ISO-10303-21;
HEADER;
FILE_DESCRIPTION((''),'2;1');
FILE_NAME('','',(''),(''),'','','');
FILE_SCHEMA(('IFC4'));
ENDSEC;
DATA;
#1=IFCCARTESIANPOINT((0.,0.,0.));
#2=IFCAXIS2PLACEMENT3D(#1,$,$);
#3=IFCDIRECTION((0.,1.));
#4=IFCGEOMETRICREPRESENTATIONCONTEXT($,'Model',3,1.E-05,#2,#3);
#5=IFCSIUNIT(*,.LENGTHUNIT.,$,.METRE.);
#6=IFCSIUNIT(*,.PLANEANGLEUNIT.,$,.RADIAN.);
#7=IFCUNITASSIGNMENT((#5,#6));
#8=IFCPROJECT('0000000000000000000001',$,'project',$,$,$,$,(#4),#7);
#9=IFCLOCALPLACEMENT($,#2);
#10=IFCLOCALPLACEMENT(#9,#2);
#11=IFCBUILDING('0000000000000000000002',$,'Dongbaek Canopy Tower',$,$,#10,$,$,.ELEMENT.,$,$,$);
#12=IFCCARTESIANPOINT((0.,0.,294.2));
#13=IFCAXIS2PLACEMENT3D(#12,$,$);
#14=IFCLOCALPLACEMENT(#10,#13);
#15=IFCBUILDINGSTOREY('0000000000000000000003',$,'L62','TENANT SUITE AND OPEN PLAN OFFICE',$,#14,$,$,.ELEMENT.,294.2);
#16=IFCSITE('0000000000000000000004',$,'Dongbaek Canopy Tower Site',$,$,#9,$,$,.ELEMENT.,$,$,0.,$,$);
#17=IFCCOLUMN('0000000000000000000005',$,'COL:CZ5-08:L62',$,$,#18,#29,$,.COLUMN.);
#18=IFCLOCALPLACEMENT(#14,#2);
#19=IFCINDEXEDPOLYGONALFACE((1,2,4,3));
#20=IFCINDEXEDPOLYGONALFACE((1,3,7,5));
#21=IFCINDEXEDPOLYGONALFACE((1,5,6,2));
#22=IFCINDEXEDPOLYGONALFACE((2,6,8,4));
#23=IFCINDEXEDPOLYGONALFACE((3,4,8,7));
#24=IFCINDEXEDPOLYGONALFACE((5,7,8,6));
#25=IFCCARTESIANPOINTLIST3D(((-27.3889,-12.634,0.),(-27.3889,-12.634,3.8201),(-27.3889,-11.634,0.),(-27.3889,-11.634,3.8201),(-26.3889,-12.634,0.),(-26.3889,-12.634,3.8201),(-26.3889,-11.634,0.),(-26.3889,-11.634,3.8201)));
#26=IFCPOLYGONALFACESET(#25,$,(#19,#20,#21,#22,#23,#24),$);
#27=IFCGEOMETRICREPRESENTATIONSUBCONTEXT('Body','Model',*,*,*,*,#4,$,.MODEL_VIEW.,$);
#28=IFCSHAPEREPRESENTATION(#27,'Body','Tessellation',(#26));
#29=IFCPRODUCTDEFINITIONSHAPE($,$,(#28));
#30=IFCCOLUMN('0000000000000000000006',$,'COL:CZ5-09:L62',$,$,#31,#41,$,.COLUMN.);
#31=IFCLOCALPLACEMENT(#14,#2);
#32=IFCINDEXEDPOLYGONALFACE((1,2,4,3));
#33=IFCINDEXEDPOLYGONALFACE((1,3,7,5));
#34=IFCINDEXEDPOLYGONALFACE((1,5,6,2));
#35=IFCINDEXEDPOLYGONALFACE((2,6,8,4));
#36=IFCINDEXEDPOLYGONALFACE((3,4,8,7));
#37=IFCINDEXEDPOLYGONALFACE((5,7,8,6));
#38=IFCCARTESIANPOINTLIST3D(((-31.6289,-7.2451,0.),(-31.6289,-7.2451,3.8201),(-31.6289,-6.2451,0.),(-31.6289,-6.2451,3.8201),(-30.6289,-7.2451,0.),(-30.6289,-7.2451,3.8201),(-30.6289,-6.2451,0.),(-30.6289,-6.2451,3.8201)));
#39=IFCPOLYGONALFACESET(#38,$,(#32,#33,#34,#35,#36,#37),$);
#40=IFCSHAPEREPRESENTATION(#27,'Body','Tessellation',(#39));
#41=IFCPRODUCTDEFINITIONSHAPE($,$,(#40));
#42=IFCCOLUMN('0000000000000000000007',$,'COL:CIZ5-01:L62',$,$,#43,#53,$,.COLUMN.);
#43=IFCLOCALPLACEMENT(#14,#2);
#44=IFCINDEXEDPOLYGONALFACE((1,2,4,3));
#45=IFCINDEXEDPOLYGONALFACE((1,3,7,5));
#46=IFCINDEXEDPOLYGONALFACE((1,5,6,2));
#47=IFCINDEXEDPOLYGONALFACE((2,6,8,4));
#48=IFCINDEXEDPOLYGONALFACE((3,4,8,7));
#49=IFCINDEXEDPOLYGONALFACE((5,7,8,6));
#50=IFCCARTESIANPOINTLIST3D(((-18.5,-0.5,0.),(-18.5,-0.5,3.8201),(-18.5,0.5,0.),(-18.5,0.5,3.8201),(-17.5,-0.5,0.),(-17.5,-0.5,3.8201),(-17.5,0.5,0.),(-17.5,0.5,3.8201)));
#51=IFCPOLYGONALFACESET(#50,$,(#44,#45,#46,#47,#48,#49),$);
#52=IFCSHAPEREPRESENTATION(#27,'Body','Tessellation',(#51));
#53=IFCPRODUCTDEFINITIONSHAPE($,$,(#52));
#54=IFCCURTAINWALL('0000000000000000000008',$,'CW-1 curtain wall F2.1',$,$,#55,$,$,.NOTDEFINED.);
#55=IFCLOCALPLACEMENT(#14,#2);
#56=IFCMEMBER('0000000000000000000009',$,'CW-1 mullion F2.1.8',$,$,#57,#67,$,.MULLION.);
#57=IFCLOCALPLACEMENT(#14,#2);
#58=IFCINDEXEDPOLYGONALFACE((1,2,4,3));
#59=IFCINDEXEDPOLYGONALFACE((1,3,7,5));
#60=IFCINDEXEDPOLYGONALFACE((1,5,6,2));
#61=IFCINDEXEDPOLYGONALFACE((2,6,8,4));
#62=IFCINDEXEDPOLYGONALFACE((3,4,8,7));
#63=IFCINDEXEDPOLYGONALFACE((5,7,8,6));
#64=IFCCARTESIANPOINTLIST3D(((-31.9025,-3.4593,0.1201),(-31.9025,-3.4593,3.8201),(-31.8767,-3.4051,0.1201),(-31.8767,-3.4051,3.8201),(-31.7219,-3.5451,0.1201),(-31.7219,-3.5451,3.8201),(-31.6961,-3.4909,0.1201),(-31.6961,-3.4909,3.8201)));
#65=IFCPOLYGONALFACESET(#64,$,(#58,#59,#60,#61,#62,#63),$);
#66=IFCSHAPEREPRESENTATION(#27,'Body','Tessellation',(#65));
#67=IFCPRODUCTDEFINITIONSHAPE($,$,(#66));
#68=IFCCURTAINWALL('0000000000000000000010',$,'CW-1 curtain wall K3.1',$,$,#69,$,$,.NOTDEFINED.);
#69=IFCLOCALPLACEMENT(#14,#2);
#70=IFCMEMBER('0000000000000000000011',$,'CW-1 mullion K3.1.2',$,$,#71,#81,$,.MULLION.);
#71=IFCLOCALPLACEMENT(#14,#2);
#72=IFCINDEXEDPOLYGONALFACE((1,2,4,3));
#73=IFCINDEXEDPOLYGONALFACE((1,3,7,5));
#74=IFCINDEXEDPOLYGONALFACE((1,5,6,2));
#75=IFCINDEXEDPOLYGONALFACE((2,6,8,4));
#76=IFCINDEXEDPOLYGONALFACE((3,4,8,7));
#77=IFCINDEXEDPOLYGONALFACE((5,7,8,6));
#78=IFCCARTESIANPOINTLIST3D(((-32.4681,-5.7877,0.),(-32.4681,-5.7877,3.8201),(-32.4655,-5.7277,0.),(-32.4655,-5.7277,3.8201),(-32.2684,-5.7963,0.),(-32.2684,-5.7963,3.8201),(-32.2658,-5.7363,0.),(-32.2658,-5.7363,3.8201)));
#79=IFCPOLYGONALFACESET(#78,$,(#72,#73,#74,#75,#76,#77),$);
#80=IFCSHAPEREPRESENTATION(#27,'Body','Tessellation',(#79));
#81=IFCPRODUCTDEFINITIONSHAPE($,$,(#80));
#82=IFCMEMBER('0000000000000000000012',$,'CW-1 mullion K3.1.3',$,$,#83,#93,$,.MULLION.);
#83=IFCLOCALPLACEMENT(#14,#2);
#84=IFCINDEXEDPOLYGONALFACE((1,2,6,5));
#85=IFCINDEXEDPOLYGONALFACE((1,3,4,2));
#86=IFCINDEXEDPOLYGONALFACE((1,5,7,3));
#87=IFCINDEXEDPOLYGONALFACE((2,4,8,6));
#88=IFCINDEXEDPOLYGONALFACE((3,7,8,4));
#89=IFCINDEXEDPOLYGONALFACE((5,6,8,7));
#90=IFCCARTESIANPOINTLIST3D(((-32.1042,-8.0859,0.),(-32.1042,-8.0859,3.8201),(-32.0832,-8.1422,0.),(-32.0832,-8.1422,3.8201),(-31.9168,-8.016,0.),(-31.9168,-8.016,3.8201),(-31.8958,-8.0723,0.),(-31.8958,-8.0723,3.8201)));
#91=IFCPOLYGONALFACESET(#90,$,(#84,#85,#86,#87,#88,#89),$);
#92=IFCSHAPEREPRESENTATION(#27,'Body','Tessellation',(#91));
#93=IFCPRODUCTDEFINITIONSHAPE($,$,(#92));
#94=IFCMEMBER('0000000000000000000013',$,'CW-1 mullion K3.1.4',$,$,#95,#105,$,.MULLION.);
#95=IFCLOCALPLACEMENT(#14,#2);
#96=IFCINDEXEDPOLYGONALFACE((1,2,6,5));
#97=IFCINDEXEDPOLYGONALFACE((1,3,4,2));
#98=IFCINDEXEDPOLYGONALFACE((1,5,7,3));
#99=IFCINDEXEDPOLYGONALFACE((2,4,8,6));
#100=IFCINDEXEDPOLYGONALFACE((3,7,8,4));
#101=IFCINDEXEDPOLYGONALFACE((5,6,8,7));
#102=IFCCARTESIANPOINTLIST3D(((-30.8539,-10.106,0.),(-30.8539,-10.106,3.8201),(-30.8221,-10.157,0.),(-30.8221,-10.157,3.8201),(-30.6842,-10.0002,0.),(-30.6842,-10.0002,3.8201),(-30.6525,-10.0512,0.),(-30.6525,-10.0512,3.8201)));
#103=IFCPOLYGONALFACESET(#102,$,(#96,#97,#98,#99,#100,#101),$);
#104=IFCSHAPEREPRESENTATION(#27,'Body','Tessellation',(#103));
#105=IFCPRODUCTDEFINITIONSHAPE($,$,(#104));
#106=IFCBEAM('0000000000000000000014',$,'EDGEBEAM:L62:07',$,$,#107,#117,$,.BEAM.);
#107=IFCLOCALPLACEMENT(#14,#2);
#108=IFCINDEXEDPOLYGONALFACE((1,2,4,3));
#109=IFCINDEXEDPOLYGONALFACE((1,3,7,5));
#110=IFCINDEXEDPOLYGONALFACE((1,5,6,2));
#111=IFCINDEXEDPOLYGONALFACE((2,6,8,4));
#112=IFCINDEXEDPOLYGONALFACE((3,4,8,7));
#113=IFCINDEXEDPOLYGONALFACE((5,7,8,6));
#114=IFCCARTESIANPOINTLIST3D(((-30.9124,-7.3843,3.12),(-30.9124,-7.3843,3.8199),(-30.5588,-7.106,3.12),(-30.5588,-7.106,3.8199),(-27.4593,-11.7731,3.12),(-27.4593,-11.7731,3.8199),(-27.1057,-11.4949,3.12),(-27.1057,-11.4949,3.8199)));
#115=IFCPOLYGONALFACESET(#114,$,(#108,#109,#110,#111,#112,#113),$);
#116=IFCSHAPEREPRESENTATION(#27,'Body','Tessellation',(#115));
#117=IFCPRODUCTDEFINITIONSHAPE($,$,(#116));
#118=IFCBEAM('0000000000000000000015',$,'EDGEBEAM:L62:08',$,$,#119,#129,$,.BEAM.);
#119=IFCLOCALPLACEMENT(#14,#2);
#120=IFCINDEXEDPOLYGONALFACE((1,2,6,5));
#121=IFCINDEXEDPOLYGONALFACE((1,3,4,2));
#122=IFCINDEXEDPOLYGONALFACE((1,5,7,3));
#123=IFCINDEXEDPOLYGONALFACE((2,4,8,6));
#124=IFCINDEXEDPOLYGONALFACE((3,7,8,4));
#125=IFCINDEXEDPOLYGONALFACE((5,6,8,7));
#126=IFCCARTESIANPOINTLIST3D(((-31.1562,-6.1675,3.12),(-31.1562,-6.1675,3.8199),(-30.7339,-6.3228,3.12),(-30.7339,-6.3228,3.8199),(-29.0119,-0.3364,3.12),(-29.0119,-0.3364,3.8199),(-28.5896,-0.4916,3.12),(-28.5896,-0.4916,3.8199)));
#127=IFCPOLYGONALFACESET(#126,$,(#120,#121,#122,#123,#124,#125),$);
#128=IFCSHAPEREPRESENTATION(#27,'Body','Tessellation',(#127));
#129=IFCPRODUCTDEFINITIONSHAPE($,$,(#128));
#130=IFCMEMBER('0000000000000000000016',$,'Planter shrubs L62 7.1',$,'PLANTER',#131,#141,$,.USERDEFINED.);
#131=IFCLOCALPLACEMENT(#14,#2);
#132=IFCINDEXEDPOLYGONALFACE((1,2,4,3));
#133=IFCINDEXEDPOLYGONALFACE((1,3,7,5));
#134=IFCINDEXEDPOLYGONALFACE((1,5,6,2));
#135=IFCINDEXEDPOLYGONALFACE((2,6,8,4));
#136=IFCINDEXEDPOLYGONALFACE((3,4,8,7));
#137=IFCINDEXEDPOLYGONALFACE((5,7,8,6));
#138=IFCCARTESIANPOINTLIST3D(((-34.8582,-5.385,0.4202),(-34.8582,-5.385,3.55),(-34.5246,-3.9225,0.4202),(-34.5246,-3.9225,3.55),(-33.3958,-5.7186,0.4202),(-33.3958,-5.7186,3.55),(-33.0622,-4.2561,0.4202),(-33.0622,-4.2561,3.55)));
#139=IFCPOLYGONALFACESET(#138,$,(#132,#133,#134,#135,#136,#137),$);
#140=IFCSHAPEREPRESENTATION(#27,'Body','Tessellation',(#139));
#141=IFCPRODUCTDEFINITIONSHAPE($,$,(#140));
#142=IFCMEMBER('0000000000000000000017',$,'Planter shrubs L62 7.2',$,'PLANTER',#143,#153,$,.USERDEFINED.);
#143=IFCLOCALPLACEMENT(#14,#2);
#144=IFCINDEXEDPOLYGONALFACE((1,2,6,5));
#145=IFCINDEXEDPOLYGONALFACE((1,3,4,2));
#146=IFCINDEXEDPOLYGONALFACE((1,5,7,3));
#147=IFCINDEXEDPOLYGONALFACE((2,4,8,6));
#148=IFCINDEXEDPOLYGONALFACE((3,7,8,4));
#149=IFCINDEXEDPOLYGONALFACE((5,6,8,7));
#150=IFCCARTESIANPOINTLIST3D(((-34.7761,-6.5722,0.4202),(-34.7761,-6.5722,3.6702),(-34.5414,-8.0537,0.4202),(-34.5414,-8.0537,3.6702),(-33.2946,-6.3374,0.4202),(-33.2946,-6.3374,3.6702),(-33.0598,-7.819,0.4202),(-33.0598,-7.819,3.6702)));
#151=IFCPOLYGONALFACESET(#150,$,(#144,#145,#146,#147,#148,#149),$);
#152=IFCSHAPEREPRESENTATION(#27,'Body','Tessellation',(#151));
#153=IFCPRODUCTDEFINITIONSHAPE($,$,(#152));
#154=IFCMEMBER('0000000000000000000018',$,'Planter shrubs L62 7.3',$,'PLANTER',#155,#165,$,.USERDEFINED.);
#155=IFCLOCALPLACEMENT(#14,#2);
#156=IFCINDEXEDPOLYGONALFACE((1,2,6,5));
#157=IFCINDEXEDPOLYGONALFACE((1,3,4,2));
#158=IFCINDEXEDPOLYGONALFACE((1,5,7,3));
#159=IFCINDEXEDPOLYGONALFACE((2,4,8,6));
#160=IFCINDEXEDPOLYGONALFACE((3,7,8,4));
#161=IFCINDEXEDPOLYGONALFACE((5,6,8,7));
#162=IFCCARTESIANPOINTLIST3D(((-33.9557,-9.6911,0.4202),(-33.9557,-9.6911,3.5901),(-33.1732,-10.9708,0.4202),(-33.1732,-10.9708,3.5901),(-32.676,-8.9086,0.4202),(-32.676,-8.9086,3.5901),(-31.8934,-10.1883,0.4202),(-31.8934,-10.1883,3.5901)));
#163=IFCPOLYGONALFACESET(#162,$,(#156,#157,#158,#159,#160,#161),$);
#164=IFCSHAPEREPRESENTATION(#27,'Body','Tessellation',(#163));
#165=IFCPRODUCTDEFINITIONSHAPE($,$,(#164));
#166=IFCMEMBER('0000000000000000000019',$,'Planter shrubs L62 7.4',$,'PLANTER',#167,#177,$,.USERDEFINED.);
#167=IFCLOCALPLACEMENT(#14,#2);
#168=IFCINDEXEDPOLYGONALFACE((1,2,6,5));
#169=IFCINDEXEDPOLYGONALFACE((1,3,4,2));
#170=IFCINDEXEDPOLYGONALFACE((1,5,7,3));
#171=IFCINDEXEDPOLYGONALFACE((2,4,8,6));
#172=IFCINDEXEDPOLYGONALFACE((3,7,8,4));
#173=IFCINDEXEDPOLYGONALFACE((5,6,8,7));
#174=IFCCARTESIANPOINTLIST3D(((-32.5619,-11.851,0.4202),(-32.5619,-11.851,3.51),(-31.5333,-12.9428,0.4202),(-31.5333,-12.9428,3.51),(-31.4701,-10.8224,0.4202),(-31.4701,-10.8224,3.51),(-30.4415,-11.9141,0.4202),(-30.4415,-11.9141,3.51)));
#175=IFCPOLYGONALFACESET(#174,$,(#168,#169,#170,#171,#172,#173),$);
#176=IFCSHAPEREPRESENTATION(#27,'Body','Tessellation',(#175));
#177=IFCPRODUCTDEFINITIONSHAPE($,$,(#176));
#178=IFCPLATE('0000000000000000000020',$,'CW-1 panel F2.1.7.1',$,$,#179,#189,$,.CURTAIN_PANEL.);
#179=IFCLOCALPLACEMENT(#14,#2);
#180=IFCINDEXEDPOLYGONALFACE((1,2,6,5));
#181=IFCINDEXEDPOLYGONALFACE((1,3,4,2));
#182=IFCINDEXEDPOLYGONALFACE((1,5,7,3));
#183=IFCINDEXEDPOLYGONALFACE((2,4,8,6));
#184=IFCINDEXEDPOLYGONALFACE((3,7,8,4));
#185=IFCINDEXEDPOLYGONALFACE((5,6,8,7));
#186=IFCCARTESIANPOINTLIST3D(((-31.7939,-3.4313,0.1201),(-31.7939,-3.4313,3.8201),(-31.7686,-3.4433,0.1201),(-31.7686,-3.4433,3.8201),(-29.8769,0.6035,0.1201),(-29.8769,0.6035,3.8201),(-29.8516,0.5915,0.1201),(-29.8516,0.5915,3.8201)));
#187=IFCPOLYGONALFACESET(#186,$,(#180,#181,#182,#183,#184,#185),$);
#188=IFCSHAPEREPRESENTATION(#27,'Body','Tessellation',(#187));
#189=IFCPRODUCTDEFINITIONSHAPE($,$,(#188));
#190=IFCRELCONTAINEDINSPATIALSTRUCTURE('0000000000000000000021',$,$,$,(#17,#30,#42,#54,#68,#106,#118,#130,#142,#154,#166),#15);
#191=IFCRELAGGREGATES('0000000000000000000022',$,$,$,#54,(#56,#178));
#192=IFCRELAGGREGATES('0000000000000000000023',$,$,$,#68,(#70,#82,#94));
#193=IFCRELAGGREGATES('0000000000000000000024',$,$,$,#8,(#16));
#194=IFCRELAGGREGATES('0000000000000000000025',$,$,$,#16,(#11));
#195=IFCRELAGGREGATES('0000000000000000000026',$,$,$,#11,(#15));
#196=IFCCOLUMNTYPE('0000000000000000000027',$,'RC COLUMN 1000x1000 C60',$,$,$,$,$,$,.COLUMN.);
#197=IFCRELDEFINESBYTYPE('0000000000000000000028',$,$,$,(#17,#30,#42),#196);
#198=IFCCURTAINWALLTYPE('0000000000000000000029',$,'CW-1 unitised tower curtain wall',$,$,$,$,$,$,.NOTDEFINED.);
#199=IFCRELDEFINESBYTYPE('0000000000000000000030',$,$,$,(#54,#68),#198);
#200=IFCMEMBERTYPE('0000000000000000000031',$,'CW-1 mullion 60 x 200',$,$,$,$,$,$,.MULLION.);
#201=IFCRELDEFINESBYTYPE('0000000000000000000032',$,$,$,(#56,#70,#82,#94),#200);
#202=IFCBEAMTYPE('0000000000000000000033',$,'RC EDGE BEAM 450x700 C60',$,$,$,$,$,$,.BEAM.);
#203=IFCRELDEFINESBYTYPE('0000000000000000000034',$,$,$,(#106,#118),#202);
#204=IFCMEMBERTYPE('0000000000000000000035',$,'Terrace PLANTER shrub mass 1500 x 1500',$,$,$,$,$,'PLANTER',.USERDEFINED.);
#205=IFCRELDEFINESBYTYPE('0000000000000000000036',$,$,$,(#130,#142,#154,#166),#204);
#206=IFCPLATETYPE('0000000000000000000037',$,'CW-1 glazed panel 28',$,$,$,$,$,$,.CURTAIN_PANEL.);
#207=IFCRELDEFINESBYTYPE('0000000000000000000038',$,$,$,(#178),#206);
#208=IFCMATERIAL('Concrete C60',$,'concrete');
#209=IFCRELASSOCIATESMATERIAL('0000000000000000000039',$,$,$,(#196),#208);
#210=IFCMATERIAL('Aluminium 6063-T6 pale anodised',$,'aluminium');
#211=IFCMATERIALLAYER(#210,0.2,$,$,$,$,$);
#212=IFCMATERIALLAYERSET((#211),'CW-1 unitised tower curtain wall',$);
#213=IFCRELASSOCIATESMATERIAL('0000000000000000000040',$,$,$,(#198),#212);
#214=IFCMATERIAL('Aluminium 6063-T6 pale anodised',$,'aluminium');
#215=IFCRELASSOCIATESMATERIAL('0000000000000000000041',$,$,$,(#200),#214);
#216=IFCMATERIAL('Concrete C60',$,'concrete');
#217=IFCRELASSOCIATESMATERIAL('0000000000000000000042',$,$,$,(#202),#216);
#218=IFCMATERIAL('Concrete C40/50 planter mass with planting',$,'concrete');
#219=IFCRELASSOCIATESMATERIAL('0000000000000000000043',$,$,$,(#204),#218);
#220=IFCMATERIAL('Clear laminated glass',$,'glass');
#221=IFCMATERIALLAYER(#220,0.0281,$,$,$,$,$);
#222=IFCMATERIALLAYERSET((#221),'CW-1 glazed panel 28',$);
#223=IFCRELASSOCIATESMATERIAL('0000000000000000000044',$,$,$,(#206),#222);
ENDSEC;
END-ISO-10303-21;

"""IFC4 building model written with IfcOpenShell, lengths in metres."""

from ifc_helpers import new_model, si_unit, direction, frame, origin, origin_2d, place, context, subcontext, project, spatial, rectangle, extrude, material, layer, layer_set, material_profile, profile_set, type_object, element, aggregate, save


model = new_model("IFC4")

# Units and contexts
model_context = context("Model", 3, precision=1e-05, world=origin(), true_north=direction((0.0, 1.0)))
body_context = subcontext(model_context, "Body", "Model", "MODEL_VIEW")
ifc_project = project(units=[si_unit("LENGTHUNIT", "METRE"), si_unit("PLANEANGLEUNIT", "RADIAN")], contexts=[model_context])

# Site, building, storey
site_placement = place(None, origin())
site = spatial("IfcSite", under=ifc_project, at=site_placement, Name="Dongbaek Canopy Tower Site", CompositionType="ELEMENT", RefElevation=0.0)
building_placement = place(site_placement, origin())
building = spatial("IfcBuilding", under=site, at=building_placement, Name="Dongbaek Canopy Tower", CompositionType="ELEMENT")
storey_placement = place(building_placement, frame((0.0, 0.0, 294.2)))
storey = spatial("IfcBuildingStorey", under=building, at=storey_placement, Name="L62", Description="TENANT SUITE AND OPEN PLAN OFFICE", CompositionType="ELEMENT", Elevation=294.2)

# Columns
ifc_material_1 = material(Name="Concrete C60", Category="concrete")
ifc_material_profile_1 = material_profile(ifc_material_1, rectangle(XDim=1.0, YDim=1.0, at=origin_2d()), Name="RC COLUMN 1000x1000 C60")
ifc_profile_set_1 = profile_set([ifc_material_profile_1], Name="Concrete C60")
column_type = type_object("IfcColumnType", Name="RC COLUMN 1000x1000 C60", PredefinedType="COLUMN", material=ifc_profile_set_1)
for number, where, z_axis, x_axis, name in (
    (1, (-26.8889, -12.134, 0.0), (0.0, 0.0, 1.0), (1.0, 0.0, 0.0), "COL:CZ5-08:L62"),
    (2, (-31.1289, -6.7451, 0.0), (0.0, 0.0, 1.0), (1.0, 0.0, 0.0), "COL:CZ5-09:L62"),
    (3, (-18.0, 0.0, 0.0), (0.0, 0.0, 1.0), (1.0, 0.0, 0.0), "COL:CIZ5-01:L62"),
):
    element("IfcColumn", number, at=place(storey_placement, frame(where, z_axis=z_axis, x_axis=x_axis)), inside=storey, type_object=column_type, Name=name, PredefinedType="COLUMN", context=body_context, shape_type="SweptSolid", body=[
        extrude(rectangle(XDim=1.0, YDim=1.0, at=origin_2d()), origin(), (0.0, 0.0, 1.0), 3.8201),
    ])

# Curtain wall, member
ifc_material_2 = material(Name="Aluminium 6063-T6 pale anodised", Category="aluminium")
ifc_layer_1 = layer(ifc_material_2, 0.2)
ifc_layer_set_1 = layer_set([ifc_layer_1], Name="CW-1 unitised tower curtain wall")
curtain_wall_type = type_object("IfcCurtainWallType", Name="CW-1 unitised tower curtain wall", PredefinedType="NOTDEFINED", material=ifc_layer_set_1)
curtain_wall_1_placement = place(storey_placement, origin())
curtain_wall_1 = element("IfcCurtainWall", 4, at=curtain_wall_1_placement, inside=storey, type_object=curtain_wall_type, Name="CW-1 curtain wall F2.1", PredefinedType="NOTDEFINED")
ifc_material_3 = material(Name="Aluminium 6063-T6 pale anodised", Category="aluminium")
ifc_material_profile_2 = material_profile(ifc_material_3, rectangle(XDim=0.2, YDim=0.0601, at=origin_2d()), Name="CW-1 mullion 60 x 200")
ifc_profile_set_2 = profile_set([ifc_material_profile_2], Name="Aluminium 6063-T6 pale anodised")
member_type_1 = type_object("IfcMemberType", Name="CW-1 mullion 60 x 200", PredefinedType="MULLION", material=ifc_profile_set_2)
member_1_placement = place(storey_placement, frame((-31.7993, -3.4751, 0.1201), z_axis=(0.0, 0.0, 1.0), x_axis=(-0.903236, 0.429143, 0.0)))
member_1 = element("IfcMember", 5, at=member_1_placement, type_object=member_type_1, Name="CW-1 mullion F2.1.8", PredefinedType="MULLION", context=body_context, shape_type="SweptSolid", body=[
    extrude(rectangle(XDim=0.2, YDim=0.0601, at=origin_2d()), origin(), (0.0, 0.0, 1.0), 3.7),
])

# Curtain wall, members
curtain_wall_2_placement = place(storey_placement, origin())
curtain_wall_2 = element("IfcCurtainWall", 6, at=curtain_wall_2_placement, inside=storey, type_object=curtain_wall_type, Name="CW-1 curtain wall K3.1", PredefinedType="NOTDEFINED")
member_2_placement = place(storey_placement, frame((-32.3669, -5.762, 0.0), z_axis=(0.0, 0.0, 1.0), x_axis=(-0.999071, 0.043085, 0.0)))
member_2 = element("IfcMember", 7, at=member_2_placement, type_object=member_type_1, Name="CW-1 mullion K3.1.2", PredefinedType="MULLION", context=body_context, shape_type="SweptSolid", body=[
    extrude(rectangle(XDim=0.2, YDim=0.0601, at=origin_2d()), origin(), (0.0, 0.0, 1.0), 3.8201),
])
member_3_placement = place(storey_placement, frame((-32.0, -8.0791, 0.0), z_axis=(0.0, 0.0, 1.0), x_axis=(-0.936828, -0.34979, 0.0)))
member_3 = element("IfcMember", 8, at=member_3_placement, type_object=member_type_1, Name="CW-1 mullion K3.1.3", PredefinedType="MULLION", context=body_context, shape_type="SweptSolid", body=[
    extrude(rectangle(XDim=0.2, YDim=0.0601, at=origin_2d()), origin(), (0.0, 0.0, 1.0), 3.8201),
])
member_4_placement = place(storey_placement, frame((-30.7532, -10.0786, 0.0), z_axis=(0.0, 0.0, 1.0), x_axis=(-0.848543, -0.529126, 0.0)))
member_4 = element("IfcMember", 9, at=member_4_placement, type_object=member_type_1, Name="CW-1 mullion K3.1.4", PredefinedType="MULLION", context=body_context, shape_type="SweptSolid", body=[
    extrude(rectangle(XDim=0.2, YDim=0.0601, at=origin_2d()), origin(), (0.0, 0.0, 1.0), 3.8201),
])

# Beams
ifc_material_4 = material(Name="Concrete C60", Category="concrete")
ifc_material_profile_3 = material_profile(ifc_material_4, rectangle(XDim=0.45, YDim=0.7, at=origin_2d()), Name="RC EDGE BEAM 450x700 C60")
ifc_profile_set_3 = profile_set([ifc_material_profile_3], Name="Concrete C60")
beam_type = type_object("IfcBeamType", Name="RC EDGE BEAM 450x700 C60", PredefinedType="BEAM", material=ifc_profile_set_3)
beam_1_placement = place(storey_placement, frame((-27.2825, -11.634, 3.47), z_axis=(-0.618341, 0.78591, 0.0), x_axis=(-0.78591, -0.618341, 0.0)))
element("IfcBeam", 10, at=beam_1_placement, inside=storey, type_object=beam_type, Name="EDGEBEAM:L62:07", PredefinedType="BEAM", context=body_context, shape_type="SweptSolid", body=[
    extrude(rectangle(XDim=0.45, YDim=0.7, at=origin_2d()), origin(), (0.0, 0.0, 1.0), 5.5845),
])
beam_2_placement = place(storey_placement, frame((-30.9451, -6.2451, 3.47), z_axis=(0.345139, 0.938552, 0.0), x_axis=(-0.938552, 0.345139, 0.0)))
element("IfcBeam", 11, at=beam_2_placement, inside=storey, type_object=beam_type, Name="EDGEBEAM:L62:08", PredefinedType="BEAM", context=body_context, shape_type="SweptSolid", body=[
    extrude(rectangle(XDim=0.45, YDim=0.7, at=origin_2d()), origin(), (0.0, 0.0, 1.0), 6.2129),
])

# Members
ifc_material_5 = material(Name="Concrete C40/50 planter mass with planting", Category="concrete")
ifc_material_profile_4 = material_profile(ifc_material_5, rectangle(XDim=1.5, YDim=1.5, at=origin_2d()), Name="Terrace PLANTER shrub mass 1500 x 1500")
ifc_profile_set_4 = profile_set([ifc_material_profile_4], Name="Concrete C40/50 planter mass with planting")
member_type_2 = type_object("IfcMemberType", Name="Terrace PLANTER shrub mass 1500 x 1500", ElementType="PLANTER", PredefinedType="USERDEFINED", material=ifc_profile_set_4)
member_5_placement = place(storey_placement, frame((-33.9602, -4.8206, 0.4202), z_axis=(0.0, 0.0, 1.0), x_axis=(-0.974955, 0.222403, 0.0)))
element("IfcMember", 12, at=member_5_placement, inside=storey, type_object=member_type_2, Name="Planter shrubs L62 7.1", ObjectType="PLANTER", PredefinedType="USERDEFINED", context=body_context, shape_type="SweptSolid", body=[
    extrude(rectangle(XDim=1.5, YDim=1.5, at=origin_2d()), origin(), (0.0, 0.0, 1.0), 3.1299),
])
member_6_placement = place(storey_placement, frame((-33.918, -7.1956, 0.4202), z_axis=(0.0, 0.0, 1.0), x_axis=(-0.987681, -0.156479, 0.0)))
element("IfcMember", 13, at=member_6_placement, inside=storey, type_object=member_type_2, Name="Planter shrubs L62 7.2", ObjectType="PLANTER", PredefinedType="USERDEFINED", context=body_context, shape_type="SweptSolid", body=[
    extrude(rectangle(XDim=1.5, YDim=1.5, at=origin_2d()), origin(), (0.0, 0.0, 1.0), 3.25),
])
member_7_placement = place(storey_placement, frame((-32.9246, -9.9397, 0.4202), z_axis=(0.0, 0.0, 1.0), x_axis=(-0.85314, -0.521682, 0.0)))
element("IfcMember", 14, at=member_7_placement, inside=storey, type_object=member_type_2, Name="Planter shrubs L62 7.3", ObjectType="PLANTER", PredefinedType="USERDEFINED", context=body_context, shape_type="SweptSolid", body=[
    extrude(rectangle(XDim=1.5, YDim=1.5, at=origin_2d()), origin(), (0.0, 0.0, 1.0), 3.1699),
])
member_8_placement = place(storey_placement, frame((-31.5017, -11.8826, 0.4202), z_axis=(0.0, 0.0, 1.0), x_axis=(-0.727845, -0.685742, 0.0)))
element("IfcMember", 15, at=member_8_placement, inside=storey, type_object=member_type_2, Name="Planter shrubs L62 7.4", ObjectType="PLANTER", PredefinedType="USERDEFINED", context=body_context, shape_type="SweptSolid", body=[
    extrude(rectangle(XDim=1.5, YDim=1.5, at=origin_2d()), origin(), (0.0, 0.0, 1.0), 3.0898),
])

# Plate
ifc_material_6 = material(Name="Clear laminated glass", Category="glass")
ifc_layer_2 = layer(ifc_material_6, 0.0281)
ifc_layer_set_2 = layer_set([ifc_layer_2], Name="CW-1 glazed panel 28")
plate_type = type_object("IfcPlateType", Name="CW-1 glazed panel 28", PredefinedType="CURTAIN_PANEL", material=ifc_layer_set_2)
plate_1_placement = place(storey_placement, frame((-30.8228, -1.4199, 0.1201), z_axis=(0.0, 0.0, 1.0), x_axis=(-0.429143, -0.903236, 0.0)))
plate_1 = element("IfcPlate", 16, at=plate_1_placement, type_object=plate_type, Name="CW-1 panel F2.1.7.1", PredefinedType="CURTAIN_PANEL", context=body_context, shape_type="SweptSolid", body=[
    extrude(rectangle(XDim=4.467, YDim=0.0281, at=origin_2d()), origin(), (0.0, 0.0, 1.0), 3.7),
])
aggregate(curtain_wall_1, [member_1, plate_1])
aggregate(curtain_wall_2, [member_2, member_3, member_4])

save(model, "model.ifc")
